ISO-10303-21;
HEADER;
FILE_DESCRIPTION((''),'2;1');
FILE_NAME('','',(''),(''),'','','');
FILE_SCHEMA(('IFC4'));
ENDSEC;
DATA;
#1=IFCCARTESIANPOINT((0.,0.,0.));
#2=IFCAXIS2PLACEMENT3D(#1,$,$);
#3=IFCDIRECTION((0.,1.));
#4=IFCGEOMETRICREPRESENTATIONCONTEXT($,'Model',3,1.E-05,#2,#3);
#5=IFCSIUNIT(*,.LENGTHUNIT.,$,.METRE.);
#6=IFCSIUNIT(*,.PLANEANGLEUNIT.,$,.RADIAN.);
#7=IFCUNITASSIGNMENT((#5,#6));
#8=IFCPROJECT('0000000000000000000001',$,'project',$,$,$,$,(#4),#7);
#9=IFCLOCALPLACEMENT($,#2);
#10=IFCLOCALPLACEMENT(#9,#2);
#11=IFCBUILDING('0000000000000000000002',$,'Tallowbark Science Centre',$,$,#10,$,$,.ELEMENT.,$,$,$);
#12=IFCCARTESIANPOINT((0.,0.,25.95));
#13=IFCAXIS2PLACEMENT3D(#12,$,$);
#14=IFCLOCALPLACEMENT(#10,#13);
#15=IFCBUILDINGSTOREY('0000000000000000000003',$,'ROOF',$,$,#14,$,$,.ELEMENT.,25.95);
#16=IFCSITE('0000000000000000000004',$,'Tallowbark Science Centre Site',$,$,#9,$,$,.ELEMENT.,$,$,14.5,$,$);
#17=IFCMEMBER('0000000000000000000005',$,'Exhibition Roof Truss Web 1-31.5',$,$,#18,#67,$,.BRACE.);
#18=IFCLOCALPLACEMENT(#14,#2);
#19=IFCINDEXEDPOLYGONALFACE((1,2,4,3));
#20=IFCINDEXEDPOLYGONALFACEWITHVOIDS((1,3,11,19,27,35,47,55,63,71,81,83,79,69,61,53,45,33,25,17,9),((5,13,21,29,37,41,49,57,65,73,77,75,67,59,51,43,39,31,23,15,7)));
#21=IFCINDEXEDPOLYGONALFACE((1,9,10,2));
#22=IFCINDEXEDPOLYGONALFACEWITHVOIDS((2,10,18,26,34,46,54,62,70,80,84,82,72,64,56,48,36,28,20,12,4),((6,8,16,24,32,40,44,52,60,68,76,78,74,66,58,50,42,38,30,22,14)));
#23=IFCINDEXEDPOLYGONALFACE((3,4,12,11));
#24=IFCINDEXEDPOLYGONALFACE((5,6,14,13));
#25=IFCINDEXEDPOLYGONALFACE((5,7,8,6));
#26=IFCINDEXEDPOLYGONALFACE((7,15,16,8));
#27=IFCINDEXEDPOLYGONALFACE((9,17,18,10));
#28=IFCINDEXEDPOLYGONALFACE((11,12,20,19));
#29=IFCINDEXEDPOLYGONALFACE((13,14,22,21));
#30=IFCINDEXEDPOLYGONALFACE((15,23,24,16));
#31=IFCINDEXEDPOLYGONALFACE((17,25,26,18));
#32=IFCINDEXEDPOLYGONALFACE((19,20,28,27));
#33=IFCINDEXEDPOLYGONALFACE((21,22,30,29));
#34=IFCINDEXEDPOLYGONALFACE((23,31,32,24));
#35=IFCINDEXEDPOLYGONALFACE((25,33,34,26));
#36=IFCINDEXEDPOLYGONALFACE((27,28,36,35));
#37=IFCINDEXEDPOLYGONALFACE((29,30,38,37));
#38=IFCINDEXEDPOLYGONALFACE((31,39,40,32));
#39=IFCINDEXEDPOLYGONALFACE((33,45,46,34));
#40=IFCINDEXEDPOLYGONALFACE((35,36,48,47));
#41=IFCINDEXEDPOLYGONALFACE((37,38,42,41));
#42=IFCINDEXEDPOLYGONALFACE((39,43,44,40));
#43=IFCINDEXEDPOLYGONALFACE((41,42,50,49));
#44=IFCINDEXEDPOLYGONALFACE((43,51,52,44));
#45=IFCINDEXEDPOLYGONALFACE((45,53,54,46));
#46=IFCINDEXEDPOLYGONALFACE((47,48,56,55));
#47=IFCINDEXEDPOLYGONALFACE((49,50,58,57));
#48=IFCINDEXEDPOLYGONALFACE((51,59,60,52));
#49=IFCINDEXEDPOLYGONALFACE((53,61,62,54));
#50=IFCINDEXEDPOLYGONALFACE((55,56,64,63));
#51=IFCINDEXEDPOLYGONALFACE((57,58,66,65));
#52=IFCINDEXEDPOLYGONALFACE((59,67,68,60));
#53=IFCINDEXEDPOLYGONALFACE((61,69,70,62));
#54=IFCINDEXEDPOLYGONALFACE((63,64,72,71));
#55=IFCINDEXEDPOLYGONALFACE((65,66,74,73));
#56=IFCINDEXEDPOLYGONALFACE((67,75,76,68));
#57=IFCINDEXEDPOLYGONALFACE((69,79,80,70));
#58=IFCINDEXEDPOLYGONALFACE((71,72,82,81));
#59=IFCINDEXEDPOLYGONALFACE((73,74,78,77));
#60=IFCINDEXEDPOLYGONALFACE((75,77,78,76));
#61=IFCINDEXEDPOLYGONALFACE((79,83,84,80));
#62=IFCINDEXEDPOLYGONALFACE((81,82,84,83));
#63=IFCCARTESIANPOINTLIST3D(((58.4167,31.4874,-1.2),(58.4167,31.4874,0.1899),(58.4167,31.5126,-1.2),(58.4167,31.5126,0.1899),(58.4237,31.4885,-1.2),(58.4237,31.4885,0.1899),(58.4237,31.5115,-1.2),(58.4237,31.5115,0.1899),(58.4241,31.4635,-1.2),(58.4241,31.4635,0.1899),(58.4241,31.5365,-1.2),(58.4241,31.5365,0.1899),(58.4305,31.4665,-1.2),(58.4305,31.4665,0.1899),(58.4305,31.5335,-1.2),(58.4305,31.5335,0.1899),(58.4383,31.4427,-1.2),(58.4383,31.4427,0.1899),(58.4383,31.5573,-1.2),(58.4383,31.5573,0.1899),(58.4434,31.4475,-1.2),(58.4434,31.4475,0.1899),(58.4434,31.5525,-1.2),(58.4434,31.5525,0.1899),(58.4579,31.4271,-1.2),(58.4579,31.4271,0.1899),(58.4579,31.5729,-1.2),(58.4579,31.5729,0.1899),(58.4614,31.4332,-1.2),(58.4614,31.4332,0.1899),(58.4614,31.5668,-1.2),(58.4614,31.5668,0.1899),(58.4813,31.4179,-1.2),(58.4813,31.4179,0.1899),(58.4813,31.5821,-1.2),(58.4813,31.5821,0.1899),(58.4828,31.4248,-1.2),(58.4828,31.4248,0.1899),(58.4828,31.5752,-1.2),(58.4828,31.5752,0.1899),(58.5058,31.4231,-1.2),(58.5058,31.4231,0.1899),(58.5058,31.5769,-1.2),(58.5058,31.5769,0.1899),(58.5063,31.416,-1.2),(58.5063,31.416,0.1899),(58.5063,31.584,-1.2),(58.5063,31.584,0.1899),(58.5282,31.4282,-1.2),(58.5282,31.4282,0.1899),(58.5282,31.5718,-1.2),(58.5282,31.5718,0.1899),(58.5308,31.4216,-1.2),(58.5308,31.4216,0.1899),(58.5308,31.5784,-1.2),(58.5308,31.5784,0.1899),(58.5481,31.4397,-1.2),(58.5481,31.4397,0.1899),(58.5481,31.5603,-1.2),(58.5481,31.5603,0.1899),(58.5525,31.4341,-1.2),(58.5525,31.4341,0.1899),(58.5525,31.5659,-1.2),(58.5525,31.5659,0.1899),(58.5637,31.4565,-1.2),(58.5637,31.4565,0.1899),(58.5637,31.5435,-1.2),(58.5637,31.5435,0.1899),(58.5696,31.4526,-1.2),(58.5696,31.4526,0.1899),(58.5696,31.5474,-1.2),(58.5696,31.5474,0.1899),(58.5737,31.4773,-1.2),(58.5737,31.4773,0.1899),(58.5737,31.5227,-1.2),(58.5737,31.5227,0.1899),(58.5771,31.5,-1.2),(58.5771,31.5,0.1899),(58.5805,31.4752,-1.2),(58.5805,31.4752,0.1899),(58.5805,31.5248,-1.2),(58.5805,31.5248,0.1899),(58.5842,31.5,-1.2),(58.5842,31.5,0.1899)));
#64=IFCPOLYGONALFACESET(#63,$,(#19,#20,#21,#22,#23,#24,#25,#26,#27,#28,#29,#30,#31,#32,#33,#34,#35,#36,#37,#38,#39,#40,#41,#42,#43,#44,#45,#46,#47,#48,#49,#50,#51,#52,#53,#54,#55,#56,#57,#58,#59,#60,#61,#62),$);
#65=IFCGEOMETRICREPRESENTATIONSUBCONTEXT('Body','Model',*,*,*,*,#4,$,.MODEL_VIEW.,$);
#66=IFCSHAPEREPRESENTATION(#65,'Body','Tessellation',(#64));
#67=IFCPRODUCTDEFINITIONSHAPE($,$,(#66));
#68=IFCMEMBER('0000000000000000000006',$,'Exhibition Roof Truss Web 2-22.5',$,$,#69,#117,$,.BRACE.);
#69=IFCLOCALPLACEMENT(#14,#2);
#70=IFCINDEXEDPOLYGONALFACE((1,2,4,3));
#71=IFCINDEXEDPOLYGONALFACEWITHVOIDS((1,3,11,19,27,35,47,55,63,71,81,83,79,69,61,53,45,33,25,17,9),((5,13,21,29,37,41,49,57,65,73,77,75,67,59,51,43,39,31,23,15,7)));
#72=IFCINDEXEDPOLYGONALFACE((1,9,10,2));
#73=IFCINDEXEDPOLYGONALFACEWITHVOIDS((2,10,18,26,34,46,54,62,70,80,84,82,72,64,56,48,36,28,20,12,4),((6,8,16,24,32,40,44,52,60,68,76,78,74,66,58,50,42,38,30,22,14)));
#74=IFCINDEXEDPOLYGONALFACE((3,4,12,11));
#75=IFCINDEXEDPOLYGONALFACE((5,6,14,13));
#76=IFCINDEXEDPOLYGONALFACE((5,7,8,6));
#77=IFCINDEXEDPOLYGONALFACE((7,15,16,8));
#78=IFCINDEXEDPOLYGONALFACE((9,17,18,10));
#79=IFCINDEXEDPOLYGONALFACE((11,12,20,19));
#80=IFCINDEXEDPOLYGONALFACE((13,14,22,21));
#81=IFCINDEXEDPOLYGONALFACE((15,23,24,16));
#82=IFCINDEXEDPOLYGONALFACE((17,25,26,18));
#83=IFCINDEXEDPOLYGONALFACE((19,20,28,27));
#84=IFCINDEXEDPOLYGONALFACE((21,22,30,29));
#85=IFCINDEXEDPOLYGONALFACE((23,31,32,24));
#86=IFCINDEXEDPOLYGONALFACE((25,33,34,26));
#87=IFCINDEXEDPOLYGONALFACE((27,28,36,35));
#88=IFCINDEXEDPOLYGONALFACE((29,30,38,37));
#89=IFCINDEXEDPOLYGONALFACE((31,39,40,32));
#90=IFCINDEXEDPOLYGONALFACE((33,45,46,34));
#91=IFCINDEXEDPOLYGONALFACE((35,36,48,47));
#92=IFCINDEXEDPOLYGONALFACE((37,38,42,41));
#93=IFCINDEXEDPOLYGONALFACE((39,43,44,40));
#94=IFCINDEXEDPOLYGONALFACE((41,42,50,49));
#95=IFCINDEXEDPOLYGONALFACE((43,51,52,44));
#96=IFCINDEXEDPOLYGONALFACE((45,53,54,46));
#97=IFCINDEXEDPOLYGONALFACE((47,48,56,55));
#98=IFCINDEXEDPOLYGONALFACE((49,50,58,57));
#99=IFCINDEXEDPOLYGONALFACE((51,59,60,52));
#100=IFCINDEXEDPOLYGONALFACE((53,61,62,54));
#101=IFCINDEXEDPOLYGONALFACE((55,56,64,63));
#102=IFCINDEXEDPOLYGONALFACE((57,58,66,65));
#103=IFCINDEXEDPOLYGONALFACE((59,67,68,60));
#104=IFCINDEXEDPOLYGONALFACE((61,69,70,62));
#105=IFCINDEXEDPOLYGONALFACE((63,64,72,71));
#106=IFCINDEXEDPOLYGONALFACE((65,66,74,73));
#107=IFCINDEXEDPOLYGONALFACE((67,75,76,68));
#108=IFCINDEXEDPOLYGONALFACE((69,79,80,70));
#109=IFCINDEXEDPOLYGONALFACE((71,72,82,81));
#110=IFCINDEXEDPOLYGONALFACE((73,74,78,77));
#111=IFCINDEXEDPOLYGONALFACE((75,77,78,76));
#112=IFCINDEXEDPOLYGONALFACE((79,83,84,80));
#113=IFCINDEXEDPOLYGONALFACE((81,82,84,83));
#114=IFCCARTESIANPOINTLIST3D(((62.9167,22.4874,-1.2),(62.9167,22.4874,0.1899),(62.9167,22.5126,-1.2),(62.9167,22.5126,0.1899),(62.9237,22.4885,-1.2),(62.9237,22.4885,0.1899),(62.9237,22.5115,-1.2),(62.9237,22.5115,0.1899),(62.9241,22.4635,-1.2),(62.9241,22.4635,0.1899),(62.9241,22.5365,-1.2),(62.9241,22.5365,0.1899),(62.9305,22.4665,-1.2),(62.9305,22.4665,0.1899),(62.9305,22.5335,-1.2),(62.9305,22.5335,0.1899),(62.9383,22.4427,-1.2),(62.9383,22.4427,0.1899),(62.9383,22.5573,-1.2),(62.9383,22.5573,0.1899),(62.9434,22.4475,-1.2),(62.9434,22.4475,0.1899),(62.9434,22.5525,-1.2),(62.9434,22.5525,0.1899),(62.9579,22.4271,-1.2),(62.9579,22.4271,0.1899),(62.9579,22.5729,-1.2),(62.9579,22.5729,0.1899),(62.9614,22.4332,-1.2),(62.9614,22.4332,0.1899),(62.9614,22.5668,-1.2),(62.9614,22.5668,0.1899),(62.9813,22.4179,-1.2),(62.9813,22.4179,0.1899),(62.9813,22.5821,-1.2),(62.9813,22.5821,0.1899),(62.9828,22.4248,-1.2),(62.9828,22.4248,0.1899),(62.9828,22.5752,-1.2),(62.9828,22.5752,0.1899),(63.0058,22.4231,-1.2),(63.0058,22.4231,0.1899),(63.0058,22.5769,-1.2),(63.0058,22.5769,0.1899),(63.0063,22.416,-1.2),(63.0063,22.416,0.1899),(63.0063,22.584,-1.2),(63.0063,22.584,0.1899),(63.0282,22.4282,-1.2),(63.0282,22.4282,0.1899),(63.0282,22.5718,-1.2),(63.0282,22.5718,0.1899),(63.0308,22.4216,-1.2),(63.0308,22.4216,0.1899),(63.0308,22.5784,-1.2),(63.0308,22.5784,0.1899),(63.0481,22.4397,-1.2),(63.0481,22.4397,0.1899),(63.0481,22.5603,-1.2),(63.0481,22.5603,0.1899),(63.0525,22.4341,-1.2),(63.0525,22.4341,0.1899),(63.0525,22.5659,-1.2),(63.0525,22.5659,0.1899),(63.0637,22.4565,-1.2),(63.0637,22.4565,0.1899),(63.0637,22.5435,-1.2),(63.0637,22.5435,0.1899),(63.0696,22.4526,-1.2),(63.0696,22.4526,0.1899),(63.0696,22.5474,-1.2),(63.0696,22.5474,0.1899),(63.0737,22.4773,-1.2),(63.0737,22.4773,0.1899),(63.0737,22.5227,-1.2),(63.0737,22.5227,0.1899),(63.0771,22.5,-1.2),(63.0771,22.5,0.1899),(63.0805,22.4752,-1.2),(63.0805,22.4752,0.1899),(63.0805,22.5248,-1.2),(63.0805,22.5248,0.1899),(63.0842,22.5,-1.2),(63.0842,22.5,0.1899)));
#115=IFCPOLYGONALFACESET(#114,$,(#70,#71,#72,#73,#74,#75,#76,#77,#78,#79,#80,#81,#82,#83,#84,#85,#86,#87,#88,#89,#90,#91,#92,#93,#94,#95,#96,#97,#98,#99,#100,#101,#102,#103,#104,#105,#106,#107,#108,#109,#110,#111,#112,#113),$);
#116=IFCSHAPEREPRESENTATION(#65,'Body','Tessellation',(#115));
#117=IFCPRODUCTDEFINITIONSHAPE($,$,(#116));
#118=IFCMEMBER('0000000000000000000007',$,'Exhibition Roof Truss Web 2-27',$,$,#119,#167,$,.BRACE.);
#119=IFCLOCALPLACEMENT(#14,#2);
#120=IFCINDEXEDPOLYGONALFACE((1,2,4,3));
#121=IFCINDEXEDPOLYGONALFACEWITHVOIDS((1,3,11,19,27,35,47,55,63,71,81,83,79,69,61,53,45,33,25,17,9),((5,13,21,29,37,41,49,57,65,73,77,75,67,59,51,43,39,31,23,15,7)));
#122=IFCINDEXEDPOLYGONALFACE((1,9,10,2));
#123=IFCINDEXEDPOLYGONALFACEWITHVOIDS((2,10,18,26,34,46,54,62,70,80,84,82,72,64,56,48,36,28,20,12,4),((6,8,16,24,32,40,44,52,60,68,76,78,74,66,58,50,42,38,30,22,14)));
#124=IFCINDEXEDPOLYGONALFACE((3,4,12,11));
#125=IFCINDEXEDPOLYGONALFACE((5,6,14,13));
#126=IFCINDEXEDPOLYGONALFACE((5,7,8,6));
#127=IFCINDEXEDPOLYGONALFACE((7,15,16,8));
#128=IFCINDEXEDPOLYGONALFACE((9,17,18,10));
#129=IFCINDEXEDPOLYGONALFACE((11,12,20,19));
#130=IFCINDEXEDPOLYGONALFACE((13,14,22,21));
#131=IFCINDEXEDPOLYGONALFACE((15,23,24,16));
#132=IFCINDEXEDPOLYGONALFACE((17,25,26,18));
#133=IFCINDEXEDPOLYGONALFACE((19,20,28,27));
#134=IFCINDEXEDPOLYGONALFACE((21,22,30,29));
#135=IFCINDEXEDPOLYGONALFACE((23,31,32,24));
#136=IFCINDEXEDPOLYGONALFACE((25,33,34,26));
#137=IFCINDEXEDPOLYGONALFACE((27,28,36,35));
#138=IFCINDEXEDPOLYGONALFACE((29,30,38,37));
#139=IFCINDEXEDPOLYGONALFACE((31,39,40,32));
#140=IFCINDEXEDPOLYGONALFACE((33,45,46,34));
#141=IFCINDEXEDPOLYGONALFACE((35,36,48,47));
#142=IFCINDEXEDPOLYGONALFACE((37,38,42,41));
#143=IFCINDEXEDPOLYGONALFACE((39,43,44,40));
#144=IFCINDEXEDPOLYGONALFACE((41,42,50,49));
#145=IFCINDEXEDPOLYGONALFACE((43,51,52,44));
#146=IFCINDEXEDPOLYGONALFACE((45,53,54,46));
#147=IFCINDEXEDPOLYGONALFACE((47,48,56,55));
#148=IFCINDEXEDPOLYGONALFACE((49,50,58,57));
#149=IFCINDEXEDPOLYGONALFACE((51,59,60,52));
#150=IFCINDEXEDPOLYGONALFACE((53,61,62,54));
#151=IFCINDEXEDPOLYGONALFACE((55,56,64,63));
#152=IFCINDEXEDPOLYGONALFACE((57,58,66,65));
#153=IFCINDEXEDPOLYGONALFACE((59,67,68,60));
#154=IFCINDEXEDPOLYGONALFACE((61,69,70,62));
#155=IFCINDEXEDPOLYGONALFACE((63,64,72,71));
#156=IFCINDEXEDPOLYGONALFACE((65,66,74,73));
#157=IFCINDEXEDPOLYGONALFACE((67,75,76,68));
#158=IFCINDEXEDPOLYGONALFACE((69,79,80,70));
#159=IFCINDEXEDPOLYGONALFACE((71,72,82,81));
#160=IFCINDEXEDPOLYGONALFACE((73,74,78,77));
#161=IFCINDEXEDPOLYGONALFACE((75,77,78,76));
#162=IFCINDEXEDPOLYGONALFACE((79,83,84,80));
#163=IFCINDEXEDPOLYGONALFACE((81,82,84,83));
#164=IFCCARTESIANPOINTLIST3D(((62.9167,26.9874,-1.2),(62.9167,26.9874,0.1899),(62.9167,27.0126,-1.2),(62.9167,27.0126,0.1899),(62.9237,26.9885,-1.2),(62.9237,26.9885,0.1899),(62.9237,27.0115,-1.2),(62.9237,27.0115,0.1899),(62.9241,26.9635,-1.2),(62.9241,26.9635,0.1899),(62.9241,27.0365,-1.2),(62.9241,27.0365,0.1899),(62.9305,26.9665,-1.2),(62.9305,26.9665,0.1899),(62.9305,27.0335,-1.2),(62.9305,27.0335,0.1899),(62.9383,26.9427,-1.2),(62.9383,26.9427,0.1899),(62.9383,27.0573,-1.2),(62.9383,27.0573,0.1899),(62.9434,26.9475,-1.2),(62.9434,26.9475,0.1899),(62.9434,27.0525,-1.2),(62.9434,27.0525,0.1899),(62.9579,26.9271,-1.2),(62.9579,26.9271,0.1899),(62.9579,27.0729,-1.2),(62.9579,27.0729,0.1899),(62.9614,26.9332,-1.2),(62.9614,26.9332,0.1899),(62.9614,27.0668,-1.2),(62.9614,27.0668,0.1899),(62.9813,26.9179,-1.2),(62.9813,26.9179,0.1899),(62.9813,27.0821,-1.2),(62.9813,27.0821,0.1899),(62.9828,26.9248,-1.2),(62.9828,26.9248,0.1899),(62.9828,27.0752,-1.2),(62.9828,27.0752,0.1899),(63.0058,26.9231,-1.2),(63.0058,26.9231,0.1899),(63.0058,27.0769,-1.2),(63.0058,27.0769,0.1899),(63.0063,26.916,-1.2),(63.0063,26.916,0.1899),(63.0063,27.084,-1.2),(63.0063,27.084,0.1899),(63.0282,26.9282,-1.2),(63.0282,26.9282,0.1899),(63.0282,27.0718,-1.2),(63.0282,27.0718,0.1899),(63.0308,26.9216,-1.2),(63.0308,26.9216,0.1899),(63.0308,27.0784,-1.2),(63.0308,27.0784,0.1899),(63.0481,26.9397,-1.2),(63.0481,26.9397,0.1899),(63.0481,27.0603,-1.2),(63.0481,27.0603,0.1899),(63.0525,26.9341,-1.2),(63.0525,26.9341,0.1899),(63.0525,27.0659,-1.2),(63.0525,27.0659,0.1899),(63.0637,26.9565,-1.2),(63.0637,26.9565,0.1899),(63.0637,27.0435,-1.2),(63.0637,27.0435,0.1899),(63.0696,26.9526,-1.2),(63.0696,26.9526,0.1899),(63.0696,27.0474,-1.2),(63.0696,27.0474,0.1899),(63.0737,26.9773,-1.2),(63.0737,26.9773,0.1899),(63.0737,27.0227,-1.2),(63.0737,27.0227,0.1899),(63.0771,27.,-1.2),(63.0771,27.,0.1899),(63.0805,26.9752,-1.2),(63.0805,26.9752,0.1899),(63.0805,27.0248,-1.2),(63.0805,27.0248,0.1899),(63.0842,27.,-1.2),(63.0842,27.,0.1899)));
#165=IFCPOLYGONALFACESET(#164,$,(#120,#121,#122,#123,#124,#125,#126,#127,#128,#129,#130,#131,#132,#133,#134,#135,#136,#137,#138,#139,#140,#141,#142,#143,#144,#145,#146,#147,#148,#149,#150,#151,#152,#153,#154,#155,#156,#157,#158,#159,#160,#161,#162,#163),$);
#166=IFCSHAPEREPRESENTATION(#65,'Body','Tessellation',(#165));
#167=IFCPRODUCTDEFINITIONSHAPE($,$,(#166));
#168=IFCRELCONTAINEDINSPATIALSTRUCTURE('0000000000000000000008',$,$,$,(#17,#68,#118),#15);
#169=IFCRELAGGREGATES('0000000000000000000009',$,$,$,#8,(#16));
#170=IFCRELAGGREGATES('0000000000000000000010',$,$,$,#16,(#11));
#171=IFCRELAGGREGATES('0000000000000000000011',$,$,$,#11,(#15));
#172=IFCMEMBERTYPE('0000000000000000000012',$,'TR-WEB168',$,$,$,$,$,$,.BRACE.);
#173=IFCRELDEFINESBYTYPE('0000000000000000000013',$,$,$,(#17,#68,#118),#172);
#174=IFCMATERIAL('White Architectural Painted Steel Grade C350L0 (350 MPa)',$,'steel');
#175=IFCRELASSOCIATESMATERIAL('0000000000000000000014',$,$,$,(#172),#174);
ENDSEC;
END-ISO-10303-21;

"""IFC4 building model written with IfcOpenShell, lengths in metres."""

from ifc_helpers import new_model, si_unit, direction, frame, origin, origin_2d, place, context, subcontext, project, spatial, hollow_circle, extrude, material, material_profile, profile_set, type_object, element, save


model = new_model("IFC4")

# Units and contexts
model_context = context("Model", 3, precision=1e-05, world=origin(), true_north=direction((0.0, 1.0)))
body_context = subcontext(model_context, "Body", "Model", "MODEL_VIEW")
ifc_project = project(units=[si_unit("LENGTHUNIT", "METRE"), si_unit("PLANEANGLEUNIT", "RADIAN")], contexts=[model_context])

# Site, building, storey
site_placement = place(None, origin())
site = spatial("IfcSite", under=ifc_project, at=site_placement, Name="Tallowbark Science Centre Site", CompositionType="ELEMENT", RefElevation=14.5)
building_placement = place(site_placement, origin())
building = spatial("IfcBuilding", under=site, at=building_placement, Name="Tallowbark Science Centre", CompositionType="ELEMENT")
storey_placement = place(building_placement, frame((0.0, 0.0, 25.95)))
storey = spatial("IfcBuildingStorey", under=building, at=storey_placement, Name="ROOF", CompositionType="ELEMENT", Elevation=25.95)

# Shared definitions
ifc_material_1 = material(Name="White Architectural Painted Steel Grade C350L0 (350 MPa)", Category="steel")

# Members
ifc_material_profile_1 = material_profile(ifc_material_1, hollow_circle(Radius=0.0842, WallThickness=0.0071, at=origin_2d()), Name="168.3x7.1CHS")
ifc_profile_set_1 = profile_set([ifc_material_profile_1], Name="White Architectural Painted Steel Grade C350L0 (350 MPa)")
member_type_1 = type_object("IfcMemberType", Name="TR-WEB168", PredefinedType="BRACE", material=ifc_profile_set_1)
for number, where, z_axis, x_axis, name in (
    (1, (58.5, 31.5, -1.2), (0.0, 0.0, 1.0), (1.0, 0.0, 0.0), "Exhibition Roof Truss Web 1-31.5"),
    (2, (63.0, 22.5, -1.2), (0.0, 0.0, 1.0), (1.0, 0.0, 0.0), "Exhibition Roof Truss Web 2-22.5"),
    (3, (63.0, 27.0, -1.2), (0.0, 0.0, 1.0), (1.0, 0.0, 0.0), "Exhibition Roof Truss Web 2-27"),
):
    element("IfcMember", number, at=place(storey_placement, frame(where, z_axis=z_axis, x_axis=x_axis)), inside=storey, type_object=member_type_1, Name=name, PredefinedType="BRACE", context=body_context, shape_type="SweptSolid", body=[
        extrude(hollow_circle(Radius=0.0842, WallThickness=0.0071, at=origin_2d()), origin(), (0.0, 0.0, 1.0), 1.3899),
    ])

save(model, "model.ifc")
